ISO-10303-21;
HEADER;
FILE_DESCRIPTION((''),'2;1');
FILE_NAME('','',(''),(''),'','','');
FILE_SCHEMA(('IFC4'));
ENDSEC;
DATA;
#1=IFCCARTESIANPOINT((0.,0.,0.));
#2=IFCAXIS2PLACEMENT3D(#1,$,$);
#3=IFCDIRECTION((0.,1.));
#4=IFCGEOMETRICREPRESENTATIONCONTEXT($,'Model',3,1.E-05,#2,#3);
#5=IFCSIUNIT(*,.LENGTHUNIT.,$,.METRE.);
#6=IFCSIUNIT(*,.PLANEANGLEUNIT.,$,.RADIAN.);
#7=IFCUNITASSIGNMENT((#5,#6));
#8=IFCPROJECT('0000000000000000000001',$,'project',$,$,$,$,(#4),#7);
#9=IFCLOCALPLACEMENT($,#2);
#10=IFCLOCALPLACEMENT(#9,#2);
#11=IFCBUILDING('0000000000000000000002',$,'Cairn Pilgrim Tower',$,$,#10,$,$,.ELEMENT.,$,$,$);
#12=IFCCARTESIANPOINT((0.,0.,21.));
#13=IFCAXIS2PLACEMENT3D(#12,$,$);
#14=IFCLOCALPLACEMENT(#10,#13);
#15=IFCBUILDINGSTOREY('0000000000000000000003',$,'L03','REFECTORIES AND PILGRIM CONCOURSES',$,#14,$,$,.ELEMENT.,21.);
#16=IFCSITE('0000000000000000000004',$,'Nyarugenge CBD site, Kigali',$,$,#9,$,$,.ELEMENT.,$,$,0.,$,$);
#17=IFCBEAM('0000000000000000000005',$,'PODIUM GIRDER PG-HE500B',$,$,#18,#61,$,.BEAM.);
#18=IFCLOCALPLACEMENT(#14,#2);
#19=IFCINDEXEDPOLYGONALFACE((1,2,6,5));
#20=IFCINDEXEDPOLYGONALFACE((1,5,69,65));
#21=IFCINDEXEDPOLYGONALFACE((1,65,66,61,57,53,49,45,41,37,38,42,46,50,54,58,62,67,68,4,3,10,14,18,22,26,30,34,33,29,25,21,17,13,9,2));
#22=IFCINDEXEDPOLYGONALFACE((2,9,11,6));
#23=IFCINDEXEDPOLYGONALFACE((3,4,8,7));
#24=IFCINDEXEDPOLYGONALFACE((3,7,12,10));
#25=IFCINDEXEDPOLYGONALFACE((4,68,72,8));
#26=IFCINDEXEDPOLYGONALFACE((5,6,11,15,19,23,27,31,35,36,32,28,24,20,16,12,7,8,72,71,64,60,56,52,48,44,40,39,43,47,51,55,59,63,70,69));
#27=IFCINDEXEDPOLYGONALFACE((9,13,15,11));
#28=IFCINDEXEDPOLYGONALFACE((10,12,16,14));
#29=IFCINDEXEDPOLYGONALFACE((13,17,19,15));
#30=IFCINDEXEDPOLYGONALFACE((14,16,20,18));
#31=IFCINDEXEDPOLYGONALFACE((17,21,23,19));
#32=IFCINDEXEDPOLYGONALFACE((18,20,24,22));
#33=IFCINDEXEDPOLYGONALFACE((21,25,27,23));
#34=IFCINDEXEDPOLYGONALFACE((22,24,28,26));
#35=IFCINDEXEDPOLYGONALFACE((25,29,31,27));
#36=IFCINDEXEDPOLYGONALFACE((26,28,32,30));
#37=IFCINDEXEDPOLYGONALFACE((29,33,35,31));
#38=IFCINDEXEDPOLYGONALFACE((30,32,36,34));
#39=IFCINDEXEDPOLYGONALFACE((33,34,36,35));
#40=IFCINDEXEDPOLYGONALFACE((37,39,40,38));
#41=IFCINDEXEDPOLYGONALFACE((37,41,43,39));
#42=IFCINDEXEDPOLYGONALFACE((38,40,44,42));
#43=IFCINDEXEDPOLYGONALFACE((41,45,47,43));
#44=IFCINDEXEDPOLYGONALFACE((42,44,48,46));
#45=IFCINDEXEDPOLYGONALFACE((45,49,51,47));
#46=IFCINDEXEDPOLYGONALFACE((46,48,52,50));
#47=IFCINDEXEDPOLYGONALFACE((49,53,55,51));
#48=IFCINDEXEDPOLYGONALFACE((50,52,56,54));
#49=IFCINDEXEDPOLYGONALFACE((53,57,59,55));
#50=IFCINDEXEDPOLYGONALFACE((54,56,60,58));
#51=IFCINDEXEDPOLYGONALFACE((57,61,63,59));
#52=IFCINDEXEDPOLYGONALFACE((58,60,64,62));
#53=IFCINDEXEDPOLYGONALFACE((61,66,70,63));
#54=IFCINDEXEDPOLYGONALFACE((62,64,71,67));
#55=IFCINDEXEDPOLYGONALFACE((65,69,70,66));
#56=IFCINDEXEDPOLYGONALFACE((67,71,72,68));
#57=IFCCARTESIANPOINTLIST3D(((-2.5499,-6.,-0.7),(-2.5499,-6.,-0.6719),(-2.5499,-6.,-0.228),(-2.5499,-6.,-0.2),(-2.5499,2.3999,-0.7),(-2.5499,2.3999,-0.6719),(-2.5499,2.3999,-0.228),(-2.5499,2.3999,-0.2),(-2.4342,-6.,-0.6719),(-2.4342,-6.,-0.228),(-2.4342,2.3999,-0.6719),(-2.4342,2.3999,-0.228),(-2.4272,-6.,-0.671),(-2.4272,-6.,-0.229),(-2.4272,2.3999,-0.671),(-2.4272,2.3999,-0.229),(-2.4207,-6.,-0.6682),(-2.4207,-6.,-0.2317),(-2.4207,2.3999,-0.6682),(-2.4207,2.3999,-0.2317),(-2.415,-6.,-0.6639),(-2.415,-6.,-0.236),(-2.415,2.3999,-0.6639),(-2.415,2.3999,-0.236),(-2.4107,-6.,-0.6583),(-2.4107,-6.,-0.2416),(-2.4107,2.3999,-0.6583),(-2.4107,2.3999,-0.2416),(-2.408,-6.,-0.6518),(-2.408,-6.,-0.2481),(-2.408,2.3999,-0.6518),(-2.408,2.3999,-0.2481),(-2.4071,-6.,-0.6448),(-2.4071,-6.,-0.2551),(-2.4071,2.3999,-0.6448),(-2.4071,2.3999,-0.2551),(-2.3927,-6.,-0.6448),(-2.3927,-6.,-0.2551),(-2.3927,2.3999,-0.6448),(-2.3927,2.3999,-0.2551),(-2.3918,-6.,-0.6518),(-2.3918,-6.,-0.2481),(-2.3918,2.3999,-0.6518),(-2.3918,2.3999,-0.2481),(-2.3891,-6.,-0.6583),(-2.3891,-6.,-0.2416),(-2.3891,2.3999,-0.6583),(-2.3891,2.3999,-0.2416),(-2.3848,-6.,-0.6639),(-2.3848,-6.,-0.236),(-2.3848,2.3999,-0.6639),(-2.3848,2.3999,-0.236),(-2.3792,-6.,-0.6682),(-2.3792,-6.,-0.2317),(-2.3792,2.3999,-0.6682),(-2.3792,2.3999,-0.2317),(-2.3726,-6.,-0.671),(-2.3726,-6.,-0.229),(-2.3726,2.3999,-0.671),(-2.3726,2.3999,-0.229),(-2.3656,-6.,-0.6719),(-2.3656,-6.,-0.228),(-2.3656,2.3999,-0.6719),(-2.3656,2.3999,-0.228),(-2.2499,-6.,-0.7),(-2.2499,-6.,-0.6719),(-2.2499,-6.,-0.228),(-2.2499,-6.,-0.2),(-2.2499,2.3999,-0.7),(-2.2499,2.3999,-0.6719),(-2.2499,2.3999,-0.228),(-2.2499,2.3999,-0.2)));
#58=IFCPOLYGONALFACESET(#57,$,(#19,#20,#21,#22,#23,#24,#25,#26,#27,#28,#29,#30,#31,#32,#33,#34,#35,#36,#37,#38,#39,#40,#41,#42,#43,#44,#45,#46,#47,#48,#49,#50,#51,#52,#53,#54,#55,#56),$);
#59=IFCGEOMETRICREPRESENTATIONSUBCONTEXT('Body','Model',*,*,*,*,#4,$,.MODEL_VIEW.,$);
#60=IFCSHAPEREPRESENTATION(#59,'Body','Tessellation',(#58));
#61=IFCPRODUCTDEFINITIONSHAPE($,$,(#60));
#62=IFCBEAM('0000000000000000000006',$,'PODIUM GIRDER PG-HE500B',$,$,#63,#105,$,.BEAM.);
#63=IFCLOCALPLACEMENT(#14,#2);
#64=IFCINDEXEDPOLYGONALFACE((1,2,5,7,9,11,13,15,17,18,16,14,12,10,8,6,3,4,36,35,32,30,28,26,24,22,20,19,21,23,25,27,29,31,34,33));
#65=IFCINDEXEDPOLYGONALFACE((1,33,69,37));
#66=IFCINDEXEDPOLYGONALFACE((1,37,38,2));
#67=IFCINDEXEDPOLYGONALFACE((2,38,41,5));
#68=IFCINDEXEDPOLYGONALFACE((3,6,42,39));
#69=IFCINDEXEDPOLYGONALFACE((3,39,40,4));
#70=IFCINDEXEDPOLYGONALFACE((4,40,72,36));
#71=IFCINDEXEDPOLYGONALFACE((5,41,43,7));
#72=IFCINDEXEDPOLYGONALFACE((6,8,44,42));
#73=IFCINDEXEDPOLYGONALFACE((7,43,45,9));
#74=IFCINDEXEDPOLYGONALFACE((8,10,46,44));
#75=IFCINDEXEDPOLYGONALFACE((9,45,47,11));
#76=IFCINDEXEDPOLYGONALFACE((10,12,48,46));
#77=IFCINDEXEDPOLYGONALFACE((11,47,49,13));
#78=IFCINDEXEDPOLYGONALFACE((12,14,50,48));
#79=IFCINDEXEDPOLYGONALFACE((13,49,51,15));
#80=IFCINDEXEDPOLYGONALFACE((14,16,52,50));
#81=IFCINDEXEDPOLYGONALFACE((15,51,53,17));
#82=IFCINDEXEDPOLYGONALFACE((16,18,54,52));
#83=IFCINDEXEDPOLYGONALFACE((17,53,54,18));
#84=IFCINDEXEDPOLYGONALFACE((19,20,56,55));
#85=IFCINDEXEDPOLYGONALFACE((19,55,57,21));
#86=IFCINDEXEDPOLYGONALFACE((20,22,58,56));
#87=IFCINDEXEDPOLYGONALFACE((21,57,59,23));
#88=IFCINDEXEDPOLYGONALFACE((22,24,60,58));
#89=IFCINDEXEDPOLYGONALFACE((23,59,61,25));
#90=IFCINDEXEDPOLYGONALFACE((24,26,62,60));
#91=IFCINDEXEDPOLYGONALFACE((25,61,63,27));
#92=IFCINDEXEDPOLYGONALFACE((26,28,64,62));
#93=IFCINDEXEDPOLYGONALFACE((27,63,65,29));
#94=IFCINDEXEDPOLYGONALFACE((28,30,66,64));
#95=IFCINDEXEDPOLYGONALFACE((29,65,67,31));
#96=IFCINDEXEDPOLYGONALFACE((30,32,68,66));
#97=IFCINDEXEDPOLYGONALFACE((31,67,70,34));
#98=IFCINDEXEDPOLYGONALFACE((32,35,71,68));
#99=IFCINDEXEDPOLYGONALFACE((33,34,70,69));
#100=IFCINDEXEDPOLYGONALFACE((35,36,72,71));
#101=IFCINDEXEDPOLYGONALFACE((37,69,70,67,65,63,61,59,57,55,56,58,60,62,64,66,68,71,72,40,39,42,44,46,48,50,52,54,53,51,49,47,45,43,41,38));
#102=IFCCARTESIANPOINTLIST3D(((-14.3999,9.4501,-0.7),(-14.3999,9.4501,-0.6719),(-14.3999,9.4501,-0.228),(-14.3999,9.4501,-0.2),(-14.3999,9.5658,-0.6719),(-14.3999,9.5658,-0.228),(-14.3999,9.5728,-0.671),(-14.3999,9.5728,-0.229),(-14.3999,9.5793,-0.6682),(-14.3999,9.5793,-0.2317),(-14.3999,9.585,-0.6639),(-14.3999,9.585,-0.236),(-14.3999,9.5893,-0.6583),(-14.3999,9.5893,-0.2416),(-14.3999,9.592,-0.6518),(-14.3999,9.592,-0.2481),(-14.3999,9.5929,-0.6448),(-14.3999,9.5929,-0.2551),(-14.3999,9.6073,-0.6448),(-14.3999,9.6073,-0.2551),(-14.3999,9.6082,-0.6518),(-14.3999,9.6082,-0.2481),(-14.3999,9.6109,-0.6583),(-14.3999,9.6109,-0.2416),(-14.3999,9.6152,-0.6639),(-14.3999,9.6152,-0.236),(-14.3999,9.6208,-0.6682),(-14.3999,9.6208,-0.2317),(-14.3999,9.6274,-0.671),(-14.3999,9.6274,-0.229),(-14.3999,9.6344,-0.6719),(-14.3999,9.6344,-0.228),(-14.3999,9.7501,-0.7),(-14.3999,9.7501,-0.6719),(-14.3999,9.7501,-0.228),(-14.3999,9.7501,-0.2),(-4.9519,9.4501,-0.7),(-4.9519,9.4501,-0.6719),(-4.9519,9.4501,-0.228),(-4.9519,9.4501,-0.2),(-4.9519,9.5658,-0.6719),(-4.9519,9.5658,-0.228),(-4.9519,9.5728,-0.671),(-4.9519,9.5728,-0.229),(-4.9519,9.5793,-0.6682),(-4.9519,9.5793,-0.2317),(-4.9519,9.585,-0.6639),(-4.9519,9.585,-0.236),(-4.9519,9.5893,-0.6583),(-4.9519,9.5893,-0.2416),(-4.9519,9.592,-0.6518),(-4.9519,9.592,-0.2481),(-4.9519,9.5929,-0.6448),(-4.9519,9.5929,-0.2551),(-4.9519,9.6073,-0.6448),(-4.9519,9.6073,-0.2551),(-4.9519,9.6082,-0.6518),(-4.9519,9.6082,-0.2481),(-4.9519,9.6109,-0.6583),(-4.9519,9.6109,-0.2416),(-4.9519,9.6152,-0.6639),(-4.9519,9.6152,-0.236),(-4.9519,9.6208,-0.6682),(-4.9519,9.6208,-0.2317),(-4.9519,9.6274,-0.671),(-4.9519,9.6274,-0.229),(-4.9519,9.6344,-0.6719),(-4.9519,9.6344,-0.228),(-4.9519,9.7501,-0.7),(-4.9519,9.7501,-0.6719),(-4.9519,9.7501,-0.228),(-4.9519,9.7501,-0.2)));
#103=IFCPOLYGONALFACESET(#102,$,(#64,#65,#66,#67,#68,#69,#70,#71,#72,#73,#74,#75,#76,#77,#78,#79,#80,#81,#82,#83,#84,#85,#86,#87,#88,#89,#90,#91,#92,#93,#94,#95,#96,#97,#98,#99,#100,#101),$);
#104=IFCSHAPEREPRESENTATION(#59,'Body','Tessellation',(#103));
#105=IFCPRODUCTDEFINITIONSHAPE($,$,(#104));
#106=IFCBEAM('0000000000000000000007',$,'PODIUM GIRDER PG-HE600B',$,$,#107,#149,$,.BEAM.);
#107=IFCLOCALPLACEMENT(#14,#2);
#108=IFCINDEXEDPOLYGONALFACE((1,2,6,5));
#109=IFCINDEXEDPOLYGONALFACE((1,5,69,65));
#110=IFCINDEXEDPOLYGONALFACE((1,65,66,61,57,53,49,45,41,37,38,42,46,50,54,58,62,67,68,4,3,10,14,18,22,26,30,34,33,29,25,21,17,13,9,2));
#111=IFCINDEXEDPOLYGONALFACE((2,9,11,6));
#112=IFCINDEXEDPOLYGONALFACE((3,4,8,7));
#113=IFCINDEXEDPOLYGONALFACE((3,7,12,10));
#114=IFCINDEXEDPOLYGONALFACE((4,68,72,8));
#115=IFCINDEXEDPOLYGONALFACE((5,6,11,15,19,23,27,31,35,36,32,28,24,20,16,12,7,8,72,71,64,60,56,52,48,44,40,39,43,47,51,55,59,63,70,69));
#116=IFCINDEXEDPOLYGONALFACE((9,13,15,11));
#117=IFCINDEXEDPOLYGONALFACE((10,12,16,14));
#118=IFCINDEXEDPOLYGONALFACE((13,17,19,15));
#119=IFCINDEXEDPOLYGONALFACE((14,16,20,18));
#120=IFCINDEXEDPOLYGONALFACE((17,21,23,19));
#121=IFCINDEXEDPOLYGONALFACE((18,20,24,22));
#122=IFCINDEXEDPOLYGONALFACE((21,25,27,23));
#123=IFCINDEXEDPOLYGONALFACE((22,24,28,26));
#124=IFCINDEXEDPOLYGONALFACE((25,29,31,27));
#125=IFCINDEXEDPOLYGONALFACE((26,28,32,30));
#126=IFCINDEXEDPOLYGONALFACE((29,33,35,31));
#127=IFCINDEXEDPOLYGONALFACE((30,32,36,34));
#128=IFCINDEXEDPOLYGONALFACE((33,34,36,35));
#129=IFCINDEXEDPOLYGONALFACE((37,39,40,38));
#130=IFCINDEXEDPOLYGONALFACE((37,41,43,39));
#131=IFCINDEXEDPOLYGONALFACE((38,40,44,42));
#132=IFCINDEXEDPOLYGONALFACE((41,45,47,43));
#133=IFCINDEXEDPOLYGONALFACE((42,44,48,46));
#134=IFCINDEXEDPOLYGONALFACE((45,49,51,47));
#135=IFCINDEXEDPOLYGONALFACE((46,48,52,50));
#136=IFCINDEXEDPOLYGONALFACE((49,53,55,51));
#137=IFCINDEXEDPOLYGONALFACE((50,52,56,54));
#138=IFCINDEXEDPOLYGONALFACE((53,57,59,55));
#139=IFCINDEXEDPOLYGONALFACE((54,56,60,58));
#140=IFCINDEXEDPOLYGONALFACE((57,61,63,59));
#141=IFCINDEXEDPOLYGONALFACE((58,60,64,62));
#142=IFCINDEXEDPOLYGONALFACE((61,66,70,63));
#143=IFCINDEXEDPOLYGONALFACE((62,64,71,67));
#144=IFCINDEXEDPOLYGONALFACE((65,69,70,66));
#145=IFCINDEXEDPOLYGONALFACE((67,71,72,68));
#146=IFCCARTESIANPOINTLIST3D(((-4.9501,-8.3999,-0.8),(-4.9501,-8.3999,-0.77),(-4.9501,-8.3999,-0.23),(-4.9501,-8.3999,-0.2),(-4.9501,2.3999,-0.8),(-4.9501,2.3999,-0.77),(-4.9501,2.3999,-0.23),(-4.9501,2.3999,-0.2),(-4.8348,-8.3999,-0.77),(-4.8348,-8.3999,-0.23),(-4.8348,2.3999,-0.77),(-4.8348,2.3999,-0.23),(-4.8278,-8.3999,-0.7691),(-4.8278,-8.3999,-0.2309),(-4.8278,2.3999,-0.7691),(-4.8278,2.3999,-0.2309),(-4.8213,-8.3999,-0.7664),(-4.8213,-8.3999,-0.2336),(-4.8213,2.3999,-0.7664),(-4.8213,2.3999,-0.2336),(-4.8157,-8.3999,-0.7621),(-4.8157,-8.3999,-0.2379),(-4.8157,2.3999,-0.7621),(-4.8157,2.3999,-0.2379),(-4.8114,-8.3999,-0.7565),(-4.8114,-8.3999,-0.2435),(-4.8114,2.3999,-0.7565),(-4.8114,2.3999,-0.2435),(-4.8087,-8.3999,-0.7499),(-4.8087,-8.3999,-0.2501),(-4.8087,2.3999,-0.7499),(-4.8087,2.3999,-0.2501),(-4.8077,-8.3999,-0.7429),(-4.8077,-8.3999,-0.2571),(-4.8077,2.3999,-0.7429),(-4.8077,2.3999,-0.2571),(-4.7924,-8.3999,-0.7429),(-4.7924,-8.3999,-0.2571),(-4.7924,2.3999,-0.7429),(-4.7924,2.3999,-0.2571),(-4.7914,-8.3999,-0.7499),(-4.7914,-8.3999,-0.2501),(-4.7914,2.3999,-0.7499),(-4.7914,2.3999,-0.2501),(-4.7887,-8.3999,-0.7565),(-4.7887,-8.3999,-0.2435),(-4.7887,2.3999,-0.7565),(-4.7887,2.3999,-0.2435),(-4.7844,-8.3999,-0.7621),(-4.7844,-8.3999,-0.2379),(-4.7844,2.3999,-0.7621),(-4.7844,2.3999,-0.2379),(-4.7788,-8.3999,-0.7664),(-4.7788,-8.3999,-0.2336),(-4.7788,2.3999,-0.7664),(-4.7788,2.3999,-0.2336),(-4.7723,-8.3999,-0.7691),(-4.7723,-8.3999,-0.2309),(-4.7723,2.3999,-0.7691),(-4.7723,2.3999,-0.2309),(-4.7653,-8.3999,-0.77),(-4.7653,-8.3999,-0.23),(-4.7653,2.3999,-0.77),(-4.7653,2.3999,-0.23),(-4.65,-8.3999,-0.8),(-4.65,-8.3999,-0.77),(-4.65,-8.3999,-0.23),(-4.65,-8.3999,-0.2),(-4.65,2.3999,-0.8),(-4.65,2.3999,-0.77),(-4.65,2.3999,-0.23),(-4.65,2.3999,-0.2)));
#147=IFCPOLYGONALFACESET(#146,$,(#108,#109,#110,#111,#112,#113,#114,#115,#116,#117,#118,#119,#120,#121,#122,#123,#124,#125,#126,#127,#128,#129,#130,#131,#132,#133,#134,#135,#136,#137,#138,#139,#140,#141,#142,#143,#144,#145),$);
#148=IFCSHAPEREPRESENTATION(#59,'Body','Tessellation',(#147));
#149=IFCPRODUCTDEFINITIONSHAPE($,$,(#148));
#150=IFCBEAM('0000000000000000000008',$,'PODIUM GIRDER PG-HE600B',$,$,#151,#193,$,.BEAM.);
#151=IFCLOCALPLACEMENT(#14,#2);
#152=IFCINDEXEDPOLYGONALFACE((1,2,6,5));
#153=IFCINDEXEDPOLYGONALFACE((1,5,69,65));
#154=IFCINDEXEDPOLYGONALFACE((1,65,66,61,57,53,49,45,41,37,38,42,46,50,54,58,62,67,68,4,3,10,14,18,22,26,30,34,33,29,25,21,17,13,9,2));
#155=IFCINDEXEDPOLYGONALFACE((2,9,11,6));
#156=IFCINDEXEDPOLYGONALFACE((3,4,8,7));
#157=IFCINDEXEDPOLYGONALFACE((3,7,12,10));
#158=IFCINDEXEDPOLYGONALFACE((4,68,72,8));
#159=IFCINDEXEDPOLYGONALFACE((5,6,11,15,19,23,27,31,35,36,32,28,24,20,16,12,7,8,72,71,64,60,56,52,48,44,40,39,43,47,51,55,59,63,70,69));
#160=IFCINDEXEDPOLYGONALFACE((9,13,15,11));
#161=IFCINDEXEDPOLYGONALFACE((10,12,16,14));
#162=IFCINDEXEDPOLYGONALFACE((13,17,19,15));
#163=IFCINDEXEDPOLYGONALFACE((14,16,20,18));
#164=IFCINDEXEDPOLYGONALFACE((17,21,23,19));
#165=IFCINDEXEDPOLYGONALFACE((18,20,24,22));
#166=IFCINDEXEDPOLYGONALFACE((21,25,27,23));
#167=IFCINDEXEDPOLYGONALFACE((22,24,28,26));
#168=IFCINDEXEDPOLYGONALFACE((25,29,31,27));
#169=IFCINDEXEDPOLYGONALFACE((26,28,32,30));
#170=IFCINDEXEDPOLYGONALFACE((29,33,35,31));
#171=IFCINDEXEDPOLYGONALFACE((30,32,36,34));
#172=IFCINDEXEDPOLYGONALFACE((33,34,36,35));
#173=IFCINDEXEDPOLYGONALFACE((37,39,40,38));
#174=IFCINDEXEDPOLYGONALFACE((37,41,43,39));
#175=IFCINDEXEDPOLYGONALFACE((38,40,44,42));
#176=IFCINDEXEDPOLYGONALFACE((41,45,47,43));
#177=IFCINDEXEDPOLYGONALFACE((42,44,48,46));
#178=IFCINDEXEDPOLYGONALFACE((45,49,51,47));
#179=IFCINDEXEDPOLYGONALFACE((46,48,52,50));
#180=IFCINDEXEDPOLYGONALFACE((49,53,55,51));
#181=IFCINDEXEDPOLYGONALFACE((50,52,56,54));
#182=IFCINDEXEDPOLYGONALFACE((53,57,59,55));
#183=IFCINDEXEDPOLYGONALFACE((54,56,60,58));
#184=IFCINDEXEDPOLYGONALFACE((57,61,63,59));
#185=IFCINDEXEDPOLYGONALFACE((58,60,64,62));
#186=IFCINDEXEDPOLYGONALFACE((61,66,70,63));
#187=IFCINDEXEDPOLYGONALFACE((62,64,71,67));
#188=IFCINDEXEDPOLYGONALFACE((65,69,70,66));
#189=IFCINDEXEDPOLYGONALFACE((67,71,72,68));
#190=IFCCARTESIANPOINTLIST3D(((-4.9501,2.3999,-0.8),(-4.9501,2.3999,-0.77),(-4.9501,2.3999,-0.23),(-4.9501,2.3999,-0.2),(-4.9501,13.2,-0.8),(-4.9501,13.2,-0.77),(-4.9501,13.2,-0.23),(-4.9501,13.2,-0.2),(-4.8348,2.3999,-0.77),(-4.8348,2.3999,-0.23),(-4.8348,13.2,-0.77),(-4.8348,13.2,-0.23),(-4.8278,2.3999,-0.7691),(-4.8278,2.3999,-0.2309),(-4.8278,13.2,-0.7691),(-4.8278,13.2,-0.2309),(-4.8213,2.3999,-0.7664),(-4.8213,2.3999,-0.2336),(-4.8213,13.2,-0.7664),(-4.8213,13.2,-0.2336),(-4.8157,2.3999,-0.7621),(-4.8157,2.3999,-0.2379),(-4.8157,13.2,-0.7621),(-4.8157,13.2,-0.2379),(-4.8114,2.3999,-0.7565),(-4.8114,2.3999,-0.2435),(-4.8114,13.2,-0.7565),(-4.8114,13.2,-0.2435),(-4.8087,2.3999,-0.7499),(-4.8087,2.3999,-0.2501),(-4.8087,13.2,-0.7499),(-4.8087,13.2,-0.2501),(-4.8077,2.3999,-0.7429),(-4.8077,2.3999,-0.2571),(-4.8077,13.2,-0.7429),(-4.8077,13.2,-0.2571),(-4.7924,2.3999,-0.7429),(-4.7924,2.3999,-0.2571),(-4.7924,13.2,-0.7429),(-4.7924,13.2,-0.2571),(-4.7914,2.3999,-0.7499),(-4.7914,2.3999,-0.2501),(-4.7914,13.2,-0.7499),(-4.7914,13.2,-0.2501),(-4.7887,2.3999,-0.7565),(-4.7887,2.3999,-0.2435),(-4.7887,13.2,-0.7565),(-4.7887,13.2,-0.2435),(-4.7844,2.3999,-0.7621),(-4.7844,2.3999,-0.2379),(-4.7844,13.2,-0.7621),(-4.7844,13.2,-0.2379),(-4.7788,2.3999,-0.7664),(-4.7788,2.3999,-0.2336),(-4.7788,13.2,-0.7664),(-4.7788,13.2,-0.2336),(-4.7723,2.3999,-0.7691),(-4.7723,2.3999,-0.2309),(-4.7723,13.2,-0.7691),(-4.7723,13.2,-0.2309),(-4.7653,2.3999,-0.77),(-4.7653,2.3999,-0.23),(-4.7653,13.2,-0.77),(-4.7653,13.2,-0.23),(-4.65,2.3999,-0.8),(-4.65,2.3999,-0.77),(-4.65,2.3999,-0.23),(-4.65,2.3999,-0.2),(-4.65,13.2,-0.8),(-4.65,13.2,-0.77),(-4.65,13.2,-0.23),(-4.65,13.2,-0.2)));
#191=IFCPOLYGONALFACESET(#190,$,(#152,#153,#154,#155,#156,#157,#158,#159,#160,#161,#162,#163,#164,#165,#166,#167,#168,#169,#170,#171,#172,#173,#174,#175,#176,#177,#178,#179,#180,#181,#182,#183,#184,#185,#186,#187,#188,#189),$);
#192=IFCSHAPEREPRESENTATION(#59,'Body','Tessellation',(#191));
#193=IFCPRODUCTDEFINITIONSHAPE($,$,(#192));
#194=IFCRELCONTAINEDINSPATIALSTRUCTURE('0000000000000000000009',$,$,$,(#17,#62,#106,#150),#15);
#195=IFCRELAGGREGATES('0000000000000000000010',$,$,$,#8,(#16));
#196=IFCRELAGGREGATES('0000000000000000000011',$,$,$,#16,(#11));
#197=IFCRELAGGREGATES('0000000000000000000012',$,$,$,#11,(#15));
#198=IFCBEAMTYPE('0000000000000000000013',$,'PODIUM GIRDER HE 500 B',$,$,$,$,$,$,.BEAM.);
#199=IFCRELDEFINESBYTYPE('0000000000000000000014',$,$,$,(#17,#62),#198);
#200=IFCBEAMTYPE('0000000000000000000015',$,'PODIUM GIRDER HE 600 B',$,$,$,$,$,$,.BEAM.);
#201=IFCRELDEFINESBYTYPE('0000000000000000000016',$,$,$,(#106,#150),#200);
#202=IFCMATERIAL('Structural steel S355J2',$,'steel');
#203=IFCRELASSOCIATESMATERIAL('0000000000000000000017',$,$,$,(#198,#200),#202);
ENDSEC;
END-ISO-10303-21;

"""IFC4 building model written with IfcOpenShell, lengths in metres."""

from ifc_helpers import new_model, si_unit, direction, frame, origin, origin_2d, place, context, subcontext, project, spatial, i_section, extrude, material, material_profile, profile_set, type_object, element, save


model = new_model("IFC4")

# Units and contexts
model_context = context("Model", 3, precision=1e-05, world=origin(), true_north=direction((0.0, 1.0)))
body_context = subcontext(model_context, "Body", "Model", "MODEL_VIEW")
ifc_project = project(units=[si_unit("LENGTHUNIT", "METRE"), si_unit("PLANEANGLEUNIT", "RADIAN")], contexts=[model_context])

# Site, building, storey
site_placement = place(None, origin())
site = spatial("IfcSite", under=ifc_project, at=site_placement, Name="Nyarugenge CBD site, Kigali", CompositionType="ELEMENT", RefElevation=0.0)
building_placement = place(site_placement, origin())
building = spatial("IfcBuilding", under=site, at=building_placement, Name="Cairn Pilgrim Tower", CompositionType="ELEMENT")
storey_placement = place(building_placement, frame((0.0, 0.0, 21.0)))
storey = spatial("IfcBuildingStorey", under=building, at=storey_placement, Name="L03", Description="REFECTORIES AND PILGRIM CONCOURSES", CompositionType="ELEMENT", Elevation=21.0)

# Beams
ifc_material_1 = material(Name="Structural steel S355J2", Category="steel")
ifc_material_profile_1 = material_profile(ifc_material_1, i_section(OverallWidth=0.3, OverallDepth=0.5, WebThickness=0.0144, FlangeThickness=0.0281, FilletRadius=0.0271, at=origin_2d()), Name="HEB 500")
ifc_profile_set_1 = profile_set([ifc_material_profile_1], Name="Structural steel S355J2")
beam_type_1 = type_object("IfcBeamType", Name="PODIUM GIRDER HE 500 B", PredefinedType="BEAM", material=ifc_profile_set_1)
beam_1_placement = place(storey_placement, frame((-2.3999, 2.3999, -0.45), z_axis=(0.0, -1.0, 0.0), x_axis=(1.0, 0.0, 0.0)))
element("IfcBeam", 1, at=beam_1_placement, inside=storey, type_object=beam_type_1, Name="PODIUM GIRDER PG-HE500B", PredefinedType="BEAM", context=body_context, shape_type="SweptSolid", body=[
    extrude(i_section(OverallWidth=0.3, OverallDepth=0.5, WebThickness=0.0144, FlangeThickness=0.0281, FilletRadius=0.0271, at=origin_2d()), origin(), (0.0, 0.0, 1.0), 8.3999),
])
beam_2_placement = place(storey_placement, frame((-14.3999, 9.6001, -0.45), z_axis=(1.0, 0.0, 0.0), x_axis=(0.0, 1.0, 0.0)))
element("IfcBeam", 2, at=beam_2_placement, inside=storey, type_object=beam_type_1, Name="PODIUM GIRDER PG-HE500B", PredefinedType="BEAM", context=body_context, shape_type="SweptSolid", body=[
    extrude(i_section(OverallWidth=0.3, OverallDepth=0.5, WebThickness=0.0144, FlangeThickness=0.0281, FilletRadius=0.0271, at=origin_2d()), origin(), (0.0, 0.0, 1.0), 9.448),
])
ifc_material_profile_2 = material_profile(ifc_material_1, i_section(OverallWidth=0.3, OverallDepth=0.6001, WebThickness=0.0154, FlangeThickness=0.03, FilletRadius=0.0271, at=origin_2d()), Name="HEB 600")
ifc_profile_set_2 = profile_set([ifc_material_profile_2], Name="Structural steel S355J2")
beam_type_2 = type_object("IfcBeamType", Name="PODIUM GIRDER HE 600 B", PredefinedType="BEAM", material=ifc_profile_set_2)
beam_3_placement = place(storey_placement, frame((-4.8, 2.3999, -0.5), z_axis=(0.0, -1.0, 0.0), x_axis=(1.0, 0.0, 0.0)))
element("IfcBeam", 3, at=beam_3_placement, inside=storey, type_object=beam_type_2, Name="PODIUM GIRDER PG-HE600B", PredefinedType="BEAM", context=body_context, shape_type="SweptSolid", body=[
    extrude(i_section(OverallWidth=0.3, OverallDepth=0.6001, WebThickness=0.0154, FlangeThickness=0.03, FilletRadius=0.0271, at=origin_2d()), origin(), (0.0, 0.0, 1.0), 10.7998),
])
beam_4_placement = place(storey_placement, frame((-4.8, 13.2, -0.5), z_axis=(0.0, -1.0, 0.0), x_axis=(1.0, 0.0, 0.0)))
element("IfcBeam", 4, at=beam_4_placement, inside=storey, type_object=beam_type_2, Name="PODIUM GIRDER PG-HE600B", PredefinedType="BEAM", context=body_context, shape_type="SweptSolid", body=[
    extrude(i_section(OverallWidth=0.3, OverallDepth=0.6001, WebThickness=0.0154, FlangeThickness=0.03, FilletRadius=0.0271, at=origin_2d()), origin(), (0.0, 0.0, 1.0), 10.8),
])

save(model, "model.ifc")
